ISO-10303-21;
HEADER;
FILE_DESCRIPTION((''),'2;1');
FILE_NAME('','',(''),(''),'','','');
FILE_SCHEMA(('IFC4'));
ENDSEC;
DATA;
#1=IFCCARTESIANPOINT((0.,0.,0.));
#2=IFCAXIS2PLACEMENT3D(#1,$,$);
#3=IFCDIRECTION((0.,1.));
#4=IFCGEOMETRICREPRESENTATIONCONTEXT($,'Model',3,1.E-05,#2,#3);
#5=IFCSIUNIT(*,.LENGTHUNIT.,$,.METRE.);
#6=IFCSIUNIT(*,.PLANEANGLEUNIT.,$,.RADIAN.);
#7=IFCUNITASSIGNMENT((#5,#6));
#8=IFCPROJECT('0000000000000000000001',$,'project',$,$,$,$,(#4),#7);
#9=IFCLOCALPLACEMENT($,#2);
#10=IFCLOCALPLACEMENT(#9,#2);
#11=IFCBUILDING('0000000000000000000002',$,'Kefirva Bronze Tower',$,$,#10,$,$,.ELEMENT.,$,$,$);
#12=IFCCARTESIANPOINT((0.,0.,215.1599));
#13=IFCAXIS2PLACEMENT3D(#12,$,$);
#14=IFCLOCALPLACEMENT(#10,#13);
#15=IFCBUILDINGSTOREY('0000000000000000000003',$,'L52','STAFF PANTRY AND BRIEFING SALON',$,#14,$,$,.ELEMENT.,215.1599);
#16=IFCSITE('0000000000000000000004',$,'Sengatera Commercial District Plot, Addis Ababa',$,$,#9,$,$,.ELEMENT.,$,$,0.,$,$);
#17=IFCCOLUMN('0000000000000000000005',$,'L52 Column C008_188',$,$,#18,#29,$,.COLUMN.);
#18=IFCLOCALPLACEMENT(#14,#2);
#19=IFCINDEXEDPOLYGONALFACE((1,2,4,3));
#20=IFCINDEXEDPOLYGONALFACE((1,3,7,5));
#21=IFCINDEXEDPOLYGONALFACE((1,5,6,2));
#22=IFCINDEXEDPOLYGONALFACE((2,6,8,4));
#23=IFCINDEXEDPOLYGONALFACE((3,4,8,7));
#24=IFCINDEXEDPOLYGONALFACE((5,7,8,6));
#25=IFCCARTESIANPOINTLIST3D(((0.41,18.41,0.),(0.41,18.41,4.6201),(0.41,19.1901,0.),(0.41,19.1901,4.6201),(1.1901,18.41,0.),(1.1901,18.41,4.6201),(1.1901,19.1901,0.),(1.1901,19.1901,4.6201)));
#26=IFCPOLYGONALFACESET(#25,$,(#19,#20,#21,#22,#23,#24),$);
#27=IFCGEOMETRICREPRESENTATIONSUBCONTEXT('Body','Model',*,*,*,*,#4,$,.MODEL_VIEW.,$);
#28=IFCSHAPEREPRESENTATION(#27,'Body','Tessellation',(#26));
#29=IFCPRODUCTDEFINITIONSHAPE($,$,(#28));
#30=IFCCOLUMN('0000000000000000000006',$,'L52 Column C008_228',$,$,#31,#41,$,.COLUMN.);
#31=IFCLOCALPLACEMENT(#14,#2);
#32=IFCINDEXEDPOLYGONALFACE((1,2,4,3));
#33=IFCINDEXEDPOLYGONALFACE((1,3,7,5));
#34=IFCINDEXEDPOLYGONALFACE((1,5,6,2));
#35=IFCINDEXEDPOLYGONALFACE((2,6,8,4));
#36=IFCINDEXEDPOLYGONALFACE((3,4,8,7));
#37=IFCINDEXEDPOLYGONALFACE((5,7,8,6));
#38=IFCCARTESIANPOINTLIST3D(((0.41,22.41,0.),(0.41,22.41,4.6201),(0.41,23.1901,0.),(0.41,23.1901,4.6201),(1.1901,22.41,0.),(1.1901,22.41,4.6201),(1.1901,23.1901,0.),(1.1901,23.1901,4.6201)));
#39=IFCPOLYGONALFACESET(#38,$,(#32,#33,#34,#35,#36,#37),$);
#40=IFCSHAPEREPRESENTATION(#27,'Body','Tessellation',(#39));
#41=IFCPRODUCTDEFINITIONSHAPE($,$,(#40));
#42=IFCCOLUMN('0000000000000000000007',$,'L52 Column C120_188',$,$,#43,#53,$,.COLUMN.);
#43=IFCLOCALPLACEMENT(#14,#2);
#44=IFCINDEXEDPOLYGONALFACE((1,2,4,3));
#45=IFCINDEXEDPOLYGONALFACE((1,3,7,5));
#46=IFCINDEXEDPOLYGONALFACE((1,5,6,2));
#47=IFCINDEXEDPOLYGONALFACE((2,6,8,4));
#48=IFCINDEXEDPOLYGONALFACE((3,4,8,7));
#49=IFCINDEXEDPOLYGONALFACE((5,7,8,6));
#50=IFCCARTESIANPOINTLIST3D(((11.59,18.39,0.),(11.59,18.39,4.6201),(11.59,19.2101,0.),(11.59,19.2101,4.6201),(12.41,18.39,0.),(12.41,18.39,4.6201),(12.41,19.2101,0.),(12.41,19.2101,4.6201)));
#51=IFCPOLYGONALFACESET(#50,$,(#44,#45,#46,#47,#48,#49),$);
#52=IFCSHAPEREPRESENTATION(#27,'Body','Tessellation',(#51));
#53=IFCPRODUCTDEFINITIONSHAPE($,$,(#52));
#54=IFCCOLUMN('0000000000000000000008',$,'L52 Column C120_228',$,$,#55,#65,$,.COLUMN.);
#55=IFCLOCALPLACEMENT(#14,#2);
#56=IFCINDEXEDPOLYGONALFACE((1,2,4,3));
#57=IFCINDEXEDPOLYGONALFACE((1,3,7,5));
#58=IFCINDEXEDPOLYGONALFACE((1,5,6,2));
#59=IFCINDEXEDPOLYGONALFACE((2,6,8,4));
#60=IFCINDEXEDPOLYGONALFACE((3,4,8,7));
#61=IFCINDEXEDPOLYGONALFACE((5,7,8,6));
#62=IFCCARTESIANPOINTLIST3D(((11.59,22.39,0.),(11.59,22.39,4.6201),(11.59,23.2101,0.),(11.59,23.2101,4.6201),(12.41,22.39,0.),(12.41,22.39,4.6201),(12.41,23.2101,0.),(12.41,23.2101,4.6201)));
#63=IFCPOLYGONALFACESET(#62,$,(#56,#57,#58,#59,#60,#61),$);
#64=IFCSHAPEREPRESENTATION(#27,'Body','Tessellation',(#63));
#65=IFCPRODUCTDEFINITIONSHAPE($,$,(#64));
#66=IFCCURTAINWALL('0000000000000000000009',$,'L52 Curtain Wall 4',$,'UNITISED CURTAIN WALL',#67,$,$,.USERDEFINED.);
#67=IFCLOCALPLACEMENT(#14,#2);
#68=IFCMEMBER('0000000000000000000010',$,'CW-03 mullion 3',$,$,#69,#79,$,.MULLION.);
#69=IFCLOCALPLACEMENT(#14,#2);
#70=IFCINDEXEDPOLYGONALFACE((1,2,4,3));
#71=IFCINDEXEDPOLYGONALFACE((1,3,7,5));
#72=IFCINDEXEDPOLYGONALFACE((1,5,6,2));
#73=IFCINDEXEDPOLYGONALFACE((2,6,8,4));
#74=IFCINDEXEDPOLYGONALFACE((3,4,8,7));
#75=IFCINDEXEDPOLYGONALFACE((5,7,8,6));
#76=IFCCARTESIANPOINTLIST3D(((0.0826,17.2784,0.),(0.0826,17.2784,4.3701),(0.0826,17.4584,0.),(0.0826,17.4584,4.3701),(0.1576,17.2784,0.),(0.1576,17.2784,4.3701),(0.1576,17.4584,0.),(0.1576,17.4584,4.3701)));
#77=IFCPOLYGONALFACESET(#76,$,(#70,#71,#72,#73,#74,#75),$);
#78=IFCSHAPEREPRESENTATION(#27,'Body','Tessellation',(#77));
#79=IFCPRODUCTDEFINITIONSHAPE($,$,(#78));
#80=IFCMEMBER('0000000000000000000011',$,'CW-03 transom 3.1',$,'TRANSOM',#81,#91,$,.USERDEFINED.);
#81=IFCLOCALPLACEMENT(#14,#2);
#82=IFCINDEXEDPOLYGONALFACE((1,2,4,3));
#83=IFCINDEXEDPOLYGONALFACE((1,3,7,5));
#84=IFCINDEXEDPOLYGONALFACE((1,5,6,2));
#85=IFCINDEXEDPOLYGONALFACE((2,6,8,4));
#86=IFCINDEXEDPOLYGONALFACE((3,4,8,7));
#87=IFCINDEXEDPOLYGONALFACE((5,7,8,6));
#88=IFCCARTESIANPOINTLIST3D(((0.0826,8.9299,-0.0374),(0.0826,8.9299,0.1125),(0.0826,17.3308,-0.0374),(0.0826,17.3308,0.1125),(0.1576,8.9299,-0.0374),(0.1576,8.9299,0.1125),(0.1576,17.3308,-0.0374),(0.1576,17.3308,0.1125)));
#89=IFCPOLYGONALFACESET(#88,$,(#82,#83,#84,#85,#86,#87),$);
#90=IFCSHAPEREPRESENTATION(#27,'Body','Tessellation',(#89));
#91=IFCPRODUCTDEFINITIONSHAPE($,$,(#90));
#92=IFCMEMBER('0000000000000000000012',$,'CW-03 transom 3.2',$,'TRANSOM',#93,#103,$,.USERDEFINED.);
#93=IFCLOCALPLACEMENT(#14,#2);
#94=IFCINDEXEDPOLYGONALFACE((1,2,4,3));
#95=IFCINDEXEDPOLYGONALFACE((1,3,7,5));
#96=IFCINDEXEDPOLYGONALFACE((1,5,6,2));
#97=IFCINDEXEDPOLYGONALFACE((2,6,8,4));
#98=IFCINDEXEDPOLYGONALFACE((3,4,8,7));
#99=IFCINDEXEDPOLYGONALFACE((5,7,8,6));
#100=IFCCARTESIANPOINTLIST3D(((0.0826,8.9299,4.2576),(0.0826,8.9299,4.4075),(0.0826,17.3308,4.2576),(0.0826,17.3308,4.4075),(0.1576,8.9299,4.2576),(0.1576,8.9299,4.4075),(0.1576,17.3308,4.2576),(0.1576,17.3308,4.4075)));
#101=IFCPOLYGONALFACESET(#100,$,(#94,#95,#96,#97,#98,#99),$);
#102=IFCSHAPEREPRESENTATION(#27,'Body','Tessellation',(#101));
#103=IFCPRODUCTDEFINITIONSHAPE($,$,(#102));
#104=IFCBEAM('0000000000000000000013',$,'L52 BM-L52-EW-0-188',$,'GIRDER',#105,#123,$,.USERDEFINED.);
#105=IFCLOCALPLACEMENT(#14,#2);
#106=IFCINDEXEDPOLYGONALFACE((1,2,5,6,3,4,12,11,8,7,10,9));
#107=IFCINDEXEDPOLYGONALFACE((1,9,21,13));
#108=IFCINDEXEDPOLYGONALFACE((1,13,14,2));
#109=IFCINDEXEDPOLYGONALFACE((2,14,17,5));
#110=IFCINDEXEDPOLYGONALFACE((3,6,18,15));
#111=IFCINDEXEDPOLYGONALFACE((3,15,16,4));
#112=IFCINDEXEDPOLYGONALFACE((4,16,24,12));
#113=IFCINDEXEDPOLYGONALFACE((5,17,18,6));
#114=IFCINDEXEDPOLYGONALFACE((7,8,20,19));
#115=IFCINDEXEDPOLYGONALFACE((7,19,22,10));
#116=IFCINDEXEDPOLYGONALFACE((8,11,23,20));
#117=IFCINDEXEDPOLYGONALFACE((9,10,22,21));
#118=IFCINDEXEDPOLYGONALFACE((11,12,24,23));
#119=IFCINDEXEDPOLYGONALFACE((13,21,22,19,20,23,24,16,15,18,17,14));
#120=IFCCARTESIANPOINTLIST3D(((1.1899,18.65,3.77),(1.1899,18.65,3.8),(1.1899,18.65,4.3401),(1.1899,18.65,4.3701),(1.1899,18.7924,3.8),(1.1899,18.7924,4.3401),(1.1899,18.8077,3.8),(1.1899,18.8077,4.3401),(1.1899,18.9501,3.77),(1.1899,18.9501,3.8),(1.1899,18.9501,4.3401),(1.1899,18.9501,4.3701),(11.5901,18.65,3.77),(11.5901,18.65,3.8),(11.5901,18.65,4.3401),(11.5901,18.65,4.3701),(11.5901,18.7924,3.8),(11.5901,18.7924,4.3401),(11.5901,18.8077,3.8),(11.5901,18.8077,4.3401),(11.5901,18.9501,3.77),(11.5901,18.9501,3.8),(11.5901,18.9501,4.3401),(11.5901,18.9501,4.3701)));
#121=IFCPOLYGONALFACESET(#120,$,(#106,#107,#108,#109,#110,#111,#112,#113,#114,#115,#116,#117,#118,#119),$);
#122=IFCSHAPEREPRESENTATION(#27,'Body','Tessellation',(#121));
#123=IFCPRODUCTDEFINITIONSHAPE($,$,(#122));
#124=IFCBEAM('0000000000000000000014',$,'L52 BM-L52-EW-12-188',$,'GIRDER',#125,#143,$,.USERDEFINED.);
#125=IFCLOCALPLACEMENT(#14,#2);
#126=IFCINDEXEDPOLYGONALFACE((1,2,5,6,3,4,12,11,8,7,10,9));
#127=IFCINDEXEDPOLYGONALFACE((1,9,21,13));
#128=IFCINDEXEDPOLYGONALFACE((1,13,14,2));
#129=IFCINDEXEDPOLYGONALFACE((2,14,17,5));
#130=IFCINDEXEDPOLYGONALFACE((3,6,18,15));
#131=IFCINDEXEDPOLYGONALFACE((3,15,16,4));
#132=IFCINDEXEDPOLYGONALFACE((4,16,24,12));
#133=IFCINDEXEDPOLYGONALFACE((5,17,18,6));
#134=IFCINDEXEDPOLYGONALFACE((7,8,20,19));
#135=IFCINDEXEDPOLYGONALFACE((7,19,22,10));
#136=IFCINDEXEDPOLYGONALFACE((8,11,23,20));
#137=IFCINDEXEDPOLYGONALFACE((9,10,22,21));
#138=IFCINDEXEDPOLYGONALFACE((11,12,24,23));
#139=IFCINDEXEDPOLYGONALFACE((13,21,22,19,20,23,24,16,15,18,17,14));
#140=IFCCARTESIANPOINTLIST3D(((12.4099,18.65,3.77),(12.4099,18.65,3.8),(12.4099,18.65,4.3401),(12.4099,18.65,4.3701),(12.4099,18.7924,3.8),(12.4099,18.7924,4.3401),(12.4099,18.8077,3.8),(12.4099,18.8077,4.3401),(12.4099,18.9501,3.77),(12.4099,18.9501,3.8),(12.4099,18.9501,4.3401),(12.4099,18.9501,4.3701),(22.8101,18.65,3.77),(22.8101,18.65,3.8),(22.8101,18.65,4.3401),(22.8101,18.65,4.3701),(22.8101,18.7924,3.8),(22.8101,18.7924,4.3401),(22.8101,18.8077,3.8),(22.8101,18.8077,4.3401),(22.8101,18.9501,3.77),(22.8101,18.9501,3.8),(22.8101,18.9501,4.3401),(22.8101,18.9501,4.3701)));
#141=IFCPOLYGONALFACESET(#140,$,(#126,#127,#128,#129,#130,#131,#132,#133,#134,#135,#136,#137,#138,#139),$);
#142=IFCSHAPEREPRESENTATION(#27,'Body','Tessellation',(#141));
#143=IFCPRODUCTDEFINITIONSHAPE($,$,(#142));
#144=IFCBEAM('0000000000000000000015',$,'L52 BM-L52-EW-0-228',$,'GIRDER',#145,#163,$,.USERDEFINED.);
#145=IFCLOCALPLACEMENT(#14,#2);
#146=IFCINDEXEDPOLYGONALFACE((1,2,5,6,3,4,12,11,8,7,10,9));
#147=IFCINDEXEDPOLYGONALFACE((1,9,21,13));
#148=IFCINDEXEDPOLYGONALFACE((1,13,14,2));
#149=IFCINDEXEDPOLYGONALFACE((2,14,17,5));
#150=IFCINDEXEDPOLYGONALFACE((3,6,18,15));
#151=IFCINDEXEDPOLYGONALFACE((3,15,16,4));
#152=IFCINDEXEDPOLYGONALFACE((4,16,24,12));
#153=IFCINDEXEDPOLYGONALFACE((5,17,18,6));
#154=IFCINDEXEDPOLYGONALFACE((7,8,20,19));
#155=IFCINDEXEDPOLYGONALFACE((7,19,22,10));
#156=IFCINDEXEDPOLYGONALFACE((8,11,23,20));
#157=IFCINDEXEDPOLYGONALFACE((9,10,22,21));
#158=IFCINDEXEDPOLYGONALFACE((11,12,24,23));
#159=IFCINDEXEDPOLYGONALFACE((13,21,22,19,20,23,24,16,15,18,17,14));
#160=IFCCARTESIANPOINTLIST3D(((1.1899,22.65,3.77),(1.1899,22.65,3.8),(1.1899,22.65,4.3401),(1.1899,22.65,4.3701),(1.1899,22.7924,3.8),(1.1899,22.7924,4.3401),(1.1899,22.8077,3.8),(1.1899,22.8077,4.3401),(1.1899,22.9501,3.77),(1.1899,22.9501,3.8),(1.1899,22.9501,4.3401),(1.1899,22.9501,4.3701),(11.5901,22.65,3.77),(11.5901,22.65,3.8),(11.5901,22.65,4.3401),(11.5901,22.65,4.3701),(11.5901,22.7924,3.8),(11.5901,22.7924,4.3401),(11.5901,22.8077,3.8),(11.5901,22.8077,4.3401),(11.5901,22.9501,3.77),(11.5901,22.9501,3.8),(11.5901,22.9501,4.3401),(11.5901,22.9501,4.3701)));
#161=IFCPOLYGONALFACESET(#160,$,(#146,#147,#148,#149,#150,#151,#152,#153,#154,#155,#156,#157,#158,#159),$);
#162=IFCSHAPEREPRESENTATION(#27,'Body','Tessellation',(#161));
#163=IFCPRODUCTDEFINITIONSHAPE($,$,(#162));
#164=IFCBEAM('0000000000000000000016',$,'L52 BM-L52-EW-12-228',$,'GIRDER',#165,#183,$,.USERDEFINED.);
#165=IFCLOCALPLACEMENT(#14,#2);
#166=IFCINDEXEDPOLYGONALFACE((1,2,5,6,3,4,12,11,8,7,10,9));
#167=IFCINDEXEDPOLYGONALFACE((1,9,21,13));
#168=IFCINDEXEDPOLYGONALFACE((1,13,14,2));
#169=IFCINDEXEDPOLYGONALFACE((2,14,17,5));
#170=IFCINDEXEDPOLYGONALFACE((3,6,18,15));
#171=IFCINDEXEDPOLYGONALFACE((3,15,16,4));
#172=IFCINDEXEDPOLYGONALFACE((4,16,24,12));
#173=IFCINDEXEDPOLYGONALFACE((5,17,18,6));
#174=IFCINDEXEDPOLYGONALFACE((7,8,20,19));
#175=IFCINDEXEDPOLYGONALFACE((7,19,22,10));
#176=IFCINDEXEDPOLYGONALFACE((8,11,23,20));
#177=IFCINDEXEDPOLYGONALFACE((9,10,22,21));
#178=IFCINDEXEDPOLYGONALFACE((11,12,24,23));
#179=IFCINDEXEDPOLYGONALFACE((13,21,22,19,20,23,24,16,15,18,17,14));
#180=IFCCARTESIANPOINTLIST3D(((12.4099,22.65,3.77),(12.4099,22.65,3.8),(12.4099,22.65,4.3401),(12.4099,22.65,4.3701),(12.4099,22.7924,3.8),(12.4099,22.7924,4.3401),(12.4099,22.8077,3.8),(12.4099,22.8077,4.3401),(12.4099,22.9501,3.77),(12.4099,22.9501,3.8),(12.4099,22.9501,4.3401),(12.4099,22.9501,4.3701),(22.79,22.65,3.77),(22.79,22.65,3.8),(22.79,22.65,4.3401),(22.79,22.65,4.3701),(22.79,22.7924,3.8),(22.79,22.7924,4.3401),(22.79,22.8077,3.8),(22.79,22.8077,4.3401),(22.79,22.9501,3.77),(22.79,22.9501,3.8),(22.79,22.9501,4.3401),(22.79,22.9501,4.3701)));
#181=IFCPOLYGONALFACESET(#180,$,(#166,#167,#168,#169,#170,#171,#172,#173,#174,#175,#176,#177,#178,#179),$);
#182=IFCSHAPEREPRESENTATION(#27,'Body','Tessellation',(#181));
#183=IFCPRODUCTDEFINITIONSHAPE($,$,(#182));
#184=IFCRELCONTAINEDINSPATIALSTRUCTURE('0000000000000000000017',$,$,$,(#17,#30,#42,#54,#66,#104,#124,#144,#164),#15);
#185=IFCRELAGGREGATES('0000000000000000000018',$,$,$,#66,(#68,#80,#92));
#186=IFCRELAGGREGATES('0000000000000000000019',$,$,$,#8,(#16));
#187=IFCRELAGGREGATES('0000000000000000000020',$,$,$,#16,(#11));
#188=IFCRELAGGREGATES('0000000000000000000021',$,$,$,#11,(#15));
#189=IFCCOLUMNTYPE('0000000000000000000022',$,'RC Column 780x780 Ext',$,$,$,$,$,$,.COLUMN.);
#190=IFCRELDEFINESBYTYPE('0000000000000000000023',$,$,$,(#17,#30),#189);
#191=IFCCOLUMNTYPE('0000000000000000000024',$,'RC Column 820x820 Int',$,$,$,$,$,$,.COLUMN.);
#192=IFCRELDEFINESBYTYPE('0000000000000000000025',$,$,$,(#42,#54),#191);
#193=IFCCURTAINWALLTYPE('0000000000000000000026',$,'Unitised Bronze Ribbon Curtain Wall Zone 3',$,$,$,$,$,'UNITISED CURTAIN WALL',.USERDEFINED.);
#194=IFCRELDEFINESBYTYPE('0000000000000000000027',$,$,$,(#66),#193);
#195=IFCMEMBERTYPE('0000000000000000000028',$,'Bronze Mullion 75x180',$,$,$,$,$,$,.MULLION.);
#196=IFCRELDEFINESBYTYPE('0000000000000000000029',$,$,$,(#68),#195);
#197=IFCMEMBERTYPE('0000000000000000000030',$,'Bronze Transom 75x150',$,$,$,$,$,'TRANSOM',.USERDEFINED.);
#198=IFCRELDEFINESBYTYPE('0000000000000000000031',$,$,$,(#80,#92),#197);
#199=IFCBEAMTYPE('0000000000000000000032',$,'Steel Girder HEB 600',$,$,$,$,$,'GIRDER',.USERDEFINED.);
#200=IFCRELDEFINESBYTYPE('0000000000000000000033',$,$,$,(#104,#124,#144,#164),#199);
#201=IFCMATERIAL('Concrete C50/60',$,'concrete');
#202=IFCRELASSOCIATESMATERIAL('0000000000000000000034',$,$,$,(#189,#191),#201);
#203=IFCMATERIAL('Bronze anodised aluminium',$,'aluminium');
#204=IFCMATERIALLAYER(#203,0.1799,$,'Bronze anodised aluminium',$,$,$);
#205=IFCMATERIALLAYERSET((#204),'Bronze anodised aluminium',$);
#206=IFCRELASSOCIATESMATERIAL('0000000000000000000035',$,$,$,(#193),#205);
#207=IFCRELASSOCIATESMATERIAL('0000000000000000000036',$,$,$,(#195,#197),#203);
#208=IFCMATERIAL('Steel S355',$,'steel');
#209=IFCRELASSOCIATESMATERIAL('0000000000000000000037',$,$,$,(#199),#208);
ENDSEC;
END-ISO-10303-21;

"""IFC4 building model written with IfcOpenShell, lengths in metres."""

from ifc_helpers import new_model, si_unit, direction, frame, origin, origin_2d, place, context, subcontext, project, spatial, rectangle, i_section, extrude, material, layer, layer_set, material_profile, profile_set, type_object, element, aggregate, save


model = new_model("IFC4")

# Units and contexts
model_context = context("Model", 3, precision=1e-05, world=origin(), true_north=direction((0.0, 1.0)))
body_context = subcontext(model_context, "Body", "Model", "MODEL_VIEW")
ifc_project = project(units=[si_unit("LENGTHUNIT", "METRE"), si_unit("PLANEANGLEUNIT", "RADIAN")], contexts=[model_context])

# Site, building, storey
site_placement = place(None, origin())
site = spatial("IfcSite", under=ifc_project, at=site_placement, Name="Sengatera Commercial District Plot, Addis Ababa", CompositionType="ELEMENT", RefElevation=0.0)
building_placement = place(site_placement, origin())
building = spatial("IfcBuilding", under=site, at=building_placement, Name="Kefirva Bronze Tower", CompositionType="ELEMENT")
storey_placement = place(building_placement, frame((0.0, 0.0, 215.1599)))
storey = spatial("IfcBuildingStorey", under=building, at=storey_placement, Name="L52", Description="STAFF PANTRY AND BRIEFING SALON", CompositionType="ELEMENT", Elevation=215.1599)

# Columns
ifc_material_1 = material(Name="Concrete C50/60", Category="concrete")
ifc_material_profile_1 = material_profile(ifc_material_1, rectangle(XDim=0.78, YDim=0.78, at=origin_2d()), Name="RC 780x780")
ifc_profile_set_1 = profile_set([ifc_material_profile_1], Name="Concrete C50/60")
column_type_1 = type_object("IfcColumnType", Name="RC Column 780x780 Ext", PredefinedType="COLUMN", material=ifc_profile_set_1)
for number, where, z_axis, x_axis, name in (
    (1, (0.8, 18.8, 0.0), (0.0, 0.0, 1.0), (1.0, 0.0, 0.0), "L52 Column C008_188"),
    (2, (0.8, 22.8, 0.0), (0.0, 0.0, 1.0), (1.0, 0.0, 0.0), "L52 Column C008_228"),
):
    element("IfcColumn", number, at=place(storey_placement, frame(where, z_axis=z_axis, x_axis=x_axis)), inside=storey, type_object=column_type_1, Name=name, PredefinedType="COLUMN", context=body_context, shape_type="SweptSolid", body=[
        extrude(rectangle(XDim=0.78, YDim=0.78, at=origin_2d()), origin(), (0.0, 0.0, 1.0), 4.6201),
    ])
ifc_material_profile_2 = material_profile(ifc_material_1, rectangle(XDim=0.8201, YDim=0.8201, at=origin_2d()), Name="RC 820x820")
ifc_profile_set_2 = profile_set([ifc_material_profile_2], Name="Concrete C50/60")
column_type_2 = type_object("IfcColumnType", Name="RC Column 820x820 Int", PredefinedType="COLUMN", material=ifc_profile_set_2)
for number, where, z_axis, x_axis, name in (
    (3, (12.0, 18.8, 0.0), (0.0, 0.0, 1.0), (1.0, 0.0, 0.0), "L52 Column C120_188"),
    (4, (12.0, 22.8, 0.0), (0.0, 0.0, 1.0), (1.0, 0.0, 0.0), "L52 Column C120_228"),
):
    element("IfcColumn", number, at=place(storey_placement, frame(where, z_axis=z_axis, x_axis=x_axis)), inside=storey, type_object=column_type_2, Name=name, PredefinedType="COLUMN", context=body_context, shape_type="SweptSolid", body=[
        extrude(rectangle(XDim=0.8201, YDim=0.8201, at=origin_2d()), origin(), (0.0, 0.0, 1.0), 4.6201),
    ])

# Curtain wall, members
ifc_material_2 = material(Name="Bronze anodised aluminium", Category="aluminium")
ifc_layer_1 = layer(ifc_material_2, 0.1799, Name="Bronze anodised aluminium")
ifc_layer_set_1 = layer_set([ifc_layer_1], Name="Bronze anodised aluminium")
curtain_wall_type = type_object("IfcCurtainWallType", Name="Unitised Bronze Ribbon Curtain Wall Zone 3", ElementType="UNITISED CURTAIN WALL", PredefinedType="USERDEFINED", material=ifc_layer_set_1)
curtain_wall_placement = place(storey_placement, origin())
curtain_wall = element("IfcCurtainWall", 5, at=curtain_wall_placement, inside=storey, type_object=curtain_wall_type, Name="L52 Curtain Wall 4", ObjectType="UNITISED CURTAIN WALL", PredefinedType="USERDEFINED")
ifc_material_profile_3 = material_profile(ifc_material_2, rectangle(XDim=0.075, YDim=0.1799, at=origin_2d()), Name="ALU 75x180")
ifc_profile_set_3 = profile_set([ifc_material_profile_3], Name="Bronze anodised aluminium")
member_type_1 = type_object("IfcMemberType", Name="Bronze Mullion 75x180", PredefinedType="MULLION", material=ifc_profile_set_3)
member_1_placement = place(storey_placement, frame((0.1201, 17.3684, 0.0), z_axis=(0.0, 0.0, 1.0), x_axis=(1.0, 0.0, 0.0)))
member_1 = element("IfcMember", 6, at=member_1_placement, type_object=member_type_1, Name="CW-03 mullion 3", PredefinedType="MULLION", context=body_context, shape_type="SweptSolid", body=[
    extrude(rectangle(XDim=0.075, YDim=0.1799, at=origin_2d()), origin(), (0.0, 0.0, 1.0), 4.3701),
])
ifc_material_profile_4 = material_profile(ifc_material_2, rectangle(XDim=0.075, YDim=0.1499, at=origin_2d()), Name="ALU 75x150")
ifc_profile_set_4 = profile_set([ifc_material_profile_4], Name="Bronze anodised aluminium")
member_type_2 = type_object("IfcMemberType", Name="Bronze Transom 75x150", ElementType="TRANSOM", PredefinedType="USERDEFINED", material=ifc_profile_set_4)
member_2_placement = place(storey_placement, frame((0.1201, 17.3308, 0.0376), z_axis=(0.0, -1.0, 0.0), x_axis=(1.0, 0.0, 0.0)))
member_2 = element("IfcMember", 7, at=member_2_placement, type_object=member_type_2, Name="CW-03 transom 3.1", ObjectType="TRANSOM", PredefinedType="USERDEFINED", context=body_context, shape_type="SweptSolid", body=[
    extrude(rectangle(XDim=0.075, YDim=0.1499, at=origin_2d()), origin(), (0.0, 0.0, 1.0), 8.4009),
])
member_3_placement = place(storey_placement, frame((0.1201, 17.3308, 4.3325), z_axis=(0.0, -1.0, 0.0), x_axis=(1.0, 0.0, 0.0)))
member_3 = element("IfcMember", 8, at=member_3_placement, type_object=member_type_2, Name="CW-03 transom 3.2", ObjectType="TRANSOM", PredefinedType="USERDEFINED", context=body_context, shape_type="SweptSolid", body=[
    extrude(rectangle(XDim=0.075, YDim=0.1499, at=origin_2d()), origin(), (0.0, 0.0, 1.0), 8.4009),
])

# Beams
ifc_material_3 = material(Name="Steel S355", Category="steel")
ifc_material_profile_5 = material_profile(ifc_material_3, i_section(OverallWidth=0.3, OverallDepth=0.6001, WebThickness=0.0154, FlangeThickness=0.03, at=origin_2d()), Name="HEB 600")
ifc_profile_set_5 = profile_set([ifc_material_profile_5], Name="Steel S355")
beam_type_1 = type_object("IfcBeamType", Name="Steel Girder HEB 600", ElementType="GIRDER", PredefinedType="USERDEFINED", material=ifc_profile_set_5)
for number, where, z_axis, x_axis, name in (
    (9, (1.1899, 18.8, 4.0701), (1.0, 0.0, 0.0), (0.0, 1.0, 0.0), "L52 BM-L52-EW-0-188"),
    (10, (12.4099, 18.8, 4.0701), (1.0, 0.0, 0.0), (0.0, 1.0, 0.0), "L52 BM-L52-EW-12-188"),
    (11, (1.1899, 22.8, 4.0701), (1.0, 0.0, 0.0), (0.0, 1.0, 0.0), "L52 BM-L52-EW-0-228"),
):
    element("IfcBeam", number, at=place(storey_placement, frame(where, z_axis=z_axis, x_axis=x_axis)), inside=storey, type_object=beam_type_1, Name=name, ObjectType="GIRDER", PredefinedType="USERDEFINED", context=body_context, shape_type="SweptSolid", body=[
        extrude(i_section(OverallWidth=0.3, OverallDepth=0.6001, WebThickness=0.0154, FlangeThickness=0.03, at=origin_2d()), origin(), (0.0, 0.0, 1.0), 10.4001),
    ])
beam_1_placement = place(storey_placement, frame((12.4099, 22.8, 4.0701), z_axis=(1.0, 0.0, 0.0), x_axis=(0.0, 1.0, 0.0)))
element("IfcBeam", 12, at=beam_1_placement, inside=storey, type_object=beam_type_1, Name="L52 BM-L52-EW-12-228", ObjectType="GIRDER", PredefinedType="USERDEFINED", context=body_context, shape_type="SweptSolid", body=[
    extrude(i_section(OverallWidth=0.3, OverallDepth=0.6001, WebThickness=0.0154, FlangeThickness=0.03, at=origin_2d()), origin(), (0.0, 0.0, 1.0), 10.3801),
])

aggregate(curtain_wall, [member_1, member_2, member_3])

save(model, "model.ifc")
